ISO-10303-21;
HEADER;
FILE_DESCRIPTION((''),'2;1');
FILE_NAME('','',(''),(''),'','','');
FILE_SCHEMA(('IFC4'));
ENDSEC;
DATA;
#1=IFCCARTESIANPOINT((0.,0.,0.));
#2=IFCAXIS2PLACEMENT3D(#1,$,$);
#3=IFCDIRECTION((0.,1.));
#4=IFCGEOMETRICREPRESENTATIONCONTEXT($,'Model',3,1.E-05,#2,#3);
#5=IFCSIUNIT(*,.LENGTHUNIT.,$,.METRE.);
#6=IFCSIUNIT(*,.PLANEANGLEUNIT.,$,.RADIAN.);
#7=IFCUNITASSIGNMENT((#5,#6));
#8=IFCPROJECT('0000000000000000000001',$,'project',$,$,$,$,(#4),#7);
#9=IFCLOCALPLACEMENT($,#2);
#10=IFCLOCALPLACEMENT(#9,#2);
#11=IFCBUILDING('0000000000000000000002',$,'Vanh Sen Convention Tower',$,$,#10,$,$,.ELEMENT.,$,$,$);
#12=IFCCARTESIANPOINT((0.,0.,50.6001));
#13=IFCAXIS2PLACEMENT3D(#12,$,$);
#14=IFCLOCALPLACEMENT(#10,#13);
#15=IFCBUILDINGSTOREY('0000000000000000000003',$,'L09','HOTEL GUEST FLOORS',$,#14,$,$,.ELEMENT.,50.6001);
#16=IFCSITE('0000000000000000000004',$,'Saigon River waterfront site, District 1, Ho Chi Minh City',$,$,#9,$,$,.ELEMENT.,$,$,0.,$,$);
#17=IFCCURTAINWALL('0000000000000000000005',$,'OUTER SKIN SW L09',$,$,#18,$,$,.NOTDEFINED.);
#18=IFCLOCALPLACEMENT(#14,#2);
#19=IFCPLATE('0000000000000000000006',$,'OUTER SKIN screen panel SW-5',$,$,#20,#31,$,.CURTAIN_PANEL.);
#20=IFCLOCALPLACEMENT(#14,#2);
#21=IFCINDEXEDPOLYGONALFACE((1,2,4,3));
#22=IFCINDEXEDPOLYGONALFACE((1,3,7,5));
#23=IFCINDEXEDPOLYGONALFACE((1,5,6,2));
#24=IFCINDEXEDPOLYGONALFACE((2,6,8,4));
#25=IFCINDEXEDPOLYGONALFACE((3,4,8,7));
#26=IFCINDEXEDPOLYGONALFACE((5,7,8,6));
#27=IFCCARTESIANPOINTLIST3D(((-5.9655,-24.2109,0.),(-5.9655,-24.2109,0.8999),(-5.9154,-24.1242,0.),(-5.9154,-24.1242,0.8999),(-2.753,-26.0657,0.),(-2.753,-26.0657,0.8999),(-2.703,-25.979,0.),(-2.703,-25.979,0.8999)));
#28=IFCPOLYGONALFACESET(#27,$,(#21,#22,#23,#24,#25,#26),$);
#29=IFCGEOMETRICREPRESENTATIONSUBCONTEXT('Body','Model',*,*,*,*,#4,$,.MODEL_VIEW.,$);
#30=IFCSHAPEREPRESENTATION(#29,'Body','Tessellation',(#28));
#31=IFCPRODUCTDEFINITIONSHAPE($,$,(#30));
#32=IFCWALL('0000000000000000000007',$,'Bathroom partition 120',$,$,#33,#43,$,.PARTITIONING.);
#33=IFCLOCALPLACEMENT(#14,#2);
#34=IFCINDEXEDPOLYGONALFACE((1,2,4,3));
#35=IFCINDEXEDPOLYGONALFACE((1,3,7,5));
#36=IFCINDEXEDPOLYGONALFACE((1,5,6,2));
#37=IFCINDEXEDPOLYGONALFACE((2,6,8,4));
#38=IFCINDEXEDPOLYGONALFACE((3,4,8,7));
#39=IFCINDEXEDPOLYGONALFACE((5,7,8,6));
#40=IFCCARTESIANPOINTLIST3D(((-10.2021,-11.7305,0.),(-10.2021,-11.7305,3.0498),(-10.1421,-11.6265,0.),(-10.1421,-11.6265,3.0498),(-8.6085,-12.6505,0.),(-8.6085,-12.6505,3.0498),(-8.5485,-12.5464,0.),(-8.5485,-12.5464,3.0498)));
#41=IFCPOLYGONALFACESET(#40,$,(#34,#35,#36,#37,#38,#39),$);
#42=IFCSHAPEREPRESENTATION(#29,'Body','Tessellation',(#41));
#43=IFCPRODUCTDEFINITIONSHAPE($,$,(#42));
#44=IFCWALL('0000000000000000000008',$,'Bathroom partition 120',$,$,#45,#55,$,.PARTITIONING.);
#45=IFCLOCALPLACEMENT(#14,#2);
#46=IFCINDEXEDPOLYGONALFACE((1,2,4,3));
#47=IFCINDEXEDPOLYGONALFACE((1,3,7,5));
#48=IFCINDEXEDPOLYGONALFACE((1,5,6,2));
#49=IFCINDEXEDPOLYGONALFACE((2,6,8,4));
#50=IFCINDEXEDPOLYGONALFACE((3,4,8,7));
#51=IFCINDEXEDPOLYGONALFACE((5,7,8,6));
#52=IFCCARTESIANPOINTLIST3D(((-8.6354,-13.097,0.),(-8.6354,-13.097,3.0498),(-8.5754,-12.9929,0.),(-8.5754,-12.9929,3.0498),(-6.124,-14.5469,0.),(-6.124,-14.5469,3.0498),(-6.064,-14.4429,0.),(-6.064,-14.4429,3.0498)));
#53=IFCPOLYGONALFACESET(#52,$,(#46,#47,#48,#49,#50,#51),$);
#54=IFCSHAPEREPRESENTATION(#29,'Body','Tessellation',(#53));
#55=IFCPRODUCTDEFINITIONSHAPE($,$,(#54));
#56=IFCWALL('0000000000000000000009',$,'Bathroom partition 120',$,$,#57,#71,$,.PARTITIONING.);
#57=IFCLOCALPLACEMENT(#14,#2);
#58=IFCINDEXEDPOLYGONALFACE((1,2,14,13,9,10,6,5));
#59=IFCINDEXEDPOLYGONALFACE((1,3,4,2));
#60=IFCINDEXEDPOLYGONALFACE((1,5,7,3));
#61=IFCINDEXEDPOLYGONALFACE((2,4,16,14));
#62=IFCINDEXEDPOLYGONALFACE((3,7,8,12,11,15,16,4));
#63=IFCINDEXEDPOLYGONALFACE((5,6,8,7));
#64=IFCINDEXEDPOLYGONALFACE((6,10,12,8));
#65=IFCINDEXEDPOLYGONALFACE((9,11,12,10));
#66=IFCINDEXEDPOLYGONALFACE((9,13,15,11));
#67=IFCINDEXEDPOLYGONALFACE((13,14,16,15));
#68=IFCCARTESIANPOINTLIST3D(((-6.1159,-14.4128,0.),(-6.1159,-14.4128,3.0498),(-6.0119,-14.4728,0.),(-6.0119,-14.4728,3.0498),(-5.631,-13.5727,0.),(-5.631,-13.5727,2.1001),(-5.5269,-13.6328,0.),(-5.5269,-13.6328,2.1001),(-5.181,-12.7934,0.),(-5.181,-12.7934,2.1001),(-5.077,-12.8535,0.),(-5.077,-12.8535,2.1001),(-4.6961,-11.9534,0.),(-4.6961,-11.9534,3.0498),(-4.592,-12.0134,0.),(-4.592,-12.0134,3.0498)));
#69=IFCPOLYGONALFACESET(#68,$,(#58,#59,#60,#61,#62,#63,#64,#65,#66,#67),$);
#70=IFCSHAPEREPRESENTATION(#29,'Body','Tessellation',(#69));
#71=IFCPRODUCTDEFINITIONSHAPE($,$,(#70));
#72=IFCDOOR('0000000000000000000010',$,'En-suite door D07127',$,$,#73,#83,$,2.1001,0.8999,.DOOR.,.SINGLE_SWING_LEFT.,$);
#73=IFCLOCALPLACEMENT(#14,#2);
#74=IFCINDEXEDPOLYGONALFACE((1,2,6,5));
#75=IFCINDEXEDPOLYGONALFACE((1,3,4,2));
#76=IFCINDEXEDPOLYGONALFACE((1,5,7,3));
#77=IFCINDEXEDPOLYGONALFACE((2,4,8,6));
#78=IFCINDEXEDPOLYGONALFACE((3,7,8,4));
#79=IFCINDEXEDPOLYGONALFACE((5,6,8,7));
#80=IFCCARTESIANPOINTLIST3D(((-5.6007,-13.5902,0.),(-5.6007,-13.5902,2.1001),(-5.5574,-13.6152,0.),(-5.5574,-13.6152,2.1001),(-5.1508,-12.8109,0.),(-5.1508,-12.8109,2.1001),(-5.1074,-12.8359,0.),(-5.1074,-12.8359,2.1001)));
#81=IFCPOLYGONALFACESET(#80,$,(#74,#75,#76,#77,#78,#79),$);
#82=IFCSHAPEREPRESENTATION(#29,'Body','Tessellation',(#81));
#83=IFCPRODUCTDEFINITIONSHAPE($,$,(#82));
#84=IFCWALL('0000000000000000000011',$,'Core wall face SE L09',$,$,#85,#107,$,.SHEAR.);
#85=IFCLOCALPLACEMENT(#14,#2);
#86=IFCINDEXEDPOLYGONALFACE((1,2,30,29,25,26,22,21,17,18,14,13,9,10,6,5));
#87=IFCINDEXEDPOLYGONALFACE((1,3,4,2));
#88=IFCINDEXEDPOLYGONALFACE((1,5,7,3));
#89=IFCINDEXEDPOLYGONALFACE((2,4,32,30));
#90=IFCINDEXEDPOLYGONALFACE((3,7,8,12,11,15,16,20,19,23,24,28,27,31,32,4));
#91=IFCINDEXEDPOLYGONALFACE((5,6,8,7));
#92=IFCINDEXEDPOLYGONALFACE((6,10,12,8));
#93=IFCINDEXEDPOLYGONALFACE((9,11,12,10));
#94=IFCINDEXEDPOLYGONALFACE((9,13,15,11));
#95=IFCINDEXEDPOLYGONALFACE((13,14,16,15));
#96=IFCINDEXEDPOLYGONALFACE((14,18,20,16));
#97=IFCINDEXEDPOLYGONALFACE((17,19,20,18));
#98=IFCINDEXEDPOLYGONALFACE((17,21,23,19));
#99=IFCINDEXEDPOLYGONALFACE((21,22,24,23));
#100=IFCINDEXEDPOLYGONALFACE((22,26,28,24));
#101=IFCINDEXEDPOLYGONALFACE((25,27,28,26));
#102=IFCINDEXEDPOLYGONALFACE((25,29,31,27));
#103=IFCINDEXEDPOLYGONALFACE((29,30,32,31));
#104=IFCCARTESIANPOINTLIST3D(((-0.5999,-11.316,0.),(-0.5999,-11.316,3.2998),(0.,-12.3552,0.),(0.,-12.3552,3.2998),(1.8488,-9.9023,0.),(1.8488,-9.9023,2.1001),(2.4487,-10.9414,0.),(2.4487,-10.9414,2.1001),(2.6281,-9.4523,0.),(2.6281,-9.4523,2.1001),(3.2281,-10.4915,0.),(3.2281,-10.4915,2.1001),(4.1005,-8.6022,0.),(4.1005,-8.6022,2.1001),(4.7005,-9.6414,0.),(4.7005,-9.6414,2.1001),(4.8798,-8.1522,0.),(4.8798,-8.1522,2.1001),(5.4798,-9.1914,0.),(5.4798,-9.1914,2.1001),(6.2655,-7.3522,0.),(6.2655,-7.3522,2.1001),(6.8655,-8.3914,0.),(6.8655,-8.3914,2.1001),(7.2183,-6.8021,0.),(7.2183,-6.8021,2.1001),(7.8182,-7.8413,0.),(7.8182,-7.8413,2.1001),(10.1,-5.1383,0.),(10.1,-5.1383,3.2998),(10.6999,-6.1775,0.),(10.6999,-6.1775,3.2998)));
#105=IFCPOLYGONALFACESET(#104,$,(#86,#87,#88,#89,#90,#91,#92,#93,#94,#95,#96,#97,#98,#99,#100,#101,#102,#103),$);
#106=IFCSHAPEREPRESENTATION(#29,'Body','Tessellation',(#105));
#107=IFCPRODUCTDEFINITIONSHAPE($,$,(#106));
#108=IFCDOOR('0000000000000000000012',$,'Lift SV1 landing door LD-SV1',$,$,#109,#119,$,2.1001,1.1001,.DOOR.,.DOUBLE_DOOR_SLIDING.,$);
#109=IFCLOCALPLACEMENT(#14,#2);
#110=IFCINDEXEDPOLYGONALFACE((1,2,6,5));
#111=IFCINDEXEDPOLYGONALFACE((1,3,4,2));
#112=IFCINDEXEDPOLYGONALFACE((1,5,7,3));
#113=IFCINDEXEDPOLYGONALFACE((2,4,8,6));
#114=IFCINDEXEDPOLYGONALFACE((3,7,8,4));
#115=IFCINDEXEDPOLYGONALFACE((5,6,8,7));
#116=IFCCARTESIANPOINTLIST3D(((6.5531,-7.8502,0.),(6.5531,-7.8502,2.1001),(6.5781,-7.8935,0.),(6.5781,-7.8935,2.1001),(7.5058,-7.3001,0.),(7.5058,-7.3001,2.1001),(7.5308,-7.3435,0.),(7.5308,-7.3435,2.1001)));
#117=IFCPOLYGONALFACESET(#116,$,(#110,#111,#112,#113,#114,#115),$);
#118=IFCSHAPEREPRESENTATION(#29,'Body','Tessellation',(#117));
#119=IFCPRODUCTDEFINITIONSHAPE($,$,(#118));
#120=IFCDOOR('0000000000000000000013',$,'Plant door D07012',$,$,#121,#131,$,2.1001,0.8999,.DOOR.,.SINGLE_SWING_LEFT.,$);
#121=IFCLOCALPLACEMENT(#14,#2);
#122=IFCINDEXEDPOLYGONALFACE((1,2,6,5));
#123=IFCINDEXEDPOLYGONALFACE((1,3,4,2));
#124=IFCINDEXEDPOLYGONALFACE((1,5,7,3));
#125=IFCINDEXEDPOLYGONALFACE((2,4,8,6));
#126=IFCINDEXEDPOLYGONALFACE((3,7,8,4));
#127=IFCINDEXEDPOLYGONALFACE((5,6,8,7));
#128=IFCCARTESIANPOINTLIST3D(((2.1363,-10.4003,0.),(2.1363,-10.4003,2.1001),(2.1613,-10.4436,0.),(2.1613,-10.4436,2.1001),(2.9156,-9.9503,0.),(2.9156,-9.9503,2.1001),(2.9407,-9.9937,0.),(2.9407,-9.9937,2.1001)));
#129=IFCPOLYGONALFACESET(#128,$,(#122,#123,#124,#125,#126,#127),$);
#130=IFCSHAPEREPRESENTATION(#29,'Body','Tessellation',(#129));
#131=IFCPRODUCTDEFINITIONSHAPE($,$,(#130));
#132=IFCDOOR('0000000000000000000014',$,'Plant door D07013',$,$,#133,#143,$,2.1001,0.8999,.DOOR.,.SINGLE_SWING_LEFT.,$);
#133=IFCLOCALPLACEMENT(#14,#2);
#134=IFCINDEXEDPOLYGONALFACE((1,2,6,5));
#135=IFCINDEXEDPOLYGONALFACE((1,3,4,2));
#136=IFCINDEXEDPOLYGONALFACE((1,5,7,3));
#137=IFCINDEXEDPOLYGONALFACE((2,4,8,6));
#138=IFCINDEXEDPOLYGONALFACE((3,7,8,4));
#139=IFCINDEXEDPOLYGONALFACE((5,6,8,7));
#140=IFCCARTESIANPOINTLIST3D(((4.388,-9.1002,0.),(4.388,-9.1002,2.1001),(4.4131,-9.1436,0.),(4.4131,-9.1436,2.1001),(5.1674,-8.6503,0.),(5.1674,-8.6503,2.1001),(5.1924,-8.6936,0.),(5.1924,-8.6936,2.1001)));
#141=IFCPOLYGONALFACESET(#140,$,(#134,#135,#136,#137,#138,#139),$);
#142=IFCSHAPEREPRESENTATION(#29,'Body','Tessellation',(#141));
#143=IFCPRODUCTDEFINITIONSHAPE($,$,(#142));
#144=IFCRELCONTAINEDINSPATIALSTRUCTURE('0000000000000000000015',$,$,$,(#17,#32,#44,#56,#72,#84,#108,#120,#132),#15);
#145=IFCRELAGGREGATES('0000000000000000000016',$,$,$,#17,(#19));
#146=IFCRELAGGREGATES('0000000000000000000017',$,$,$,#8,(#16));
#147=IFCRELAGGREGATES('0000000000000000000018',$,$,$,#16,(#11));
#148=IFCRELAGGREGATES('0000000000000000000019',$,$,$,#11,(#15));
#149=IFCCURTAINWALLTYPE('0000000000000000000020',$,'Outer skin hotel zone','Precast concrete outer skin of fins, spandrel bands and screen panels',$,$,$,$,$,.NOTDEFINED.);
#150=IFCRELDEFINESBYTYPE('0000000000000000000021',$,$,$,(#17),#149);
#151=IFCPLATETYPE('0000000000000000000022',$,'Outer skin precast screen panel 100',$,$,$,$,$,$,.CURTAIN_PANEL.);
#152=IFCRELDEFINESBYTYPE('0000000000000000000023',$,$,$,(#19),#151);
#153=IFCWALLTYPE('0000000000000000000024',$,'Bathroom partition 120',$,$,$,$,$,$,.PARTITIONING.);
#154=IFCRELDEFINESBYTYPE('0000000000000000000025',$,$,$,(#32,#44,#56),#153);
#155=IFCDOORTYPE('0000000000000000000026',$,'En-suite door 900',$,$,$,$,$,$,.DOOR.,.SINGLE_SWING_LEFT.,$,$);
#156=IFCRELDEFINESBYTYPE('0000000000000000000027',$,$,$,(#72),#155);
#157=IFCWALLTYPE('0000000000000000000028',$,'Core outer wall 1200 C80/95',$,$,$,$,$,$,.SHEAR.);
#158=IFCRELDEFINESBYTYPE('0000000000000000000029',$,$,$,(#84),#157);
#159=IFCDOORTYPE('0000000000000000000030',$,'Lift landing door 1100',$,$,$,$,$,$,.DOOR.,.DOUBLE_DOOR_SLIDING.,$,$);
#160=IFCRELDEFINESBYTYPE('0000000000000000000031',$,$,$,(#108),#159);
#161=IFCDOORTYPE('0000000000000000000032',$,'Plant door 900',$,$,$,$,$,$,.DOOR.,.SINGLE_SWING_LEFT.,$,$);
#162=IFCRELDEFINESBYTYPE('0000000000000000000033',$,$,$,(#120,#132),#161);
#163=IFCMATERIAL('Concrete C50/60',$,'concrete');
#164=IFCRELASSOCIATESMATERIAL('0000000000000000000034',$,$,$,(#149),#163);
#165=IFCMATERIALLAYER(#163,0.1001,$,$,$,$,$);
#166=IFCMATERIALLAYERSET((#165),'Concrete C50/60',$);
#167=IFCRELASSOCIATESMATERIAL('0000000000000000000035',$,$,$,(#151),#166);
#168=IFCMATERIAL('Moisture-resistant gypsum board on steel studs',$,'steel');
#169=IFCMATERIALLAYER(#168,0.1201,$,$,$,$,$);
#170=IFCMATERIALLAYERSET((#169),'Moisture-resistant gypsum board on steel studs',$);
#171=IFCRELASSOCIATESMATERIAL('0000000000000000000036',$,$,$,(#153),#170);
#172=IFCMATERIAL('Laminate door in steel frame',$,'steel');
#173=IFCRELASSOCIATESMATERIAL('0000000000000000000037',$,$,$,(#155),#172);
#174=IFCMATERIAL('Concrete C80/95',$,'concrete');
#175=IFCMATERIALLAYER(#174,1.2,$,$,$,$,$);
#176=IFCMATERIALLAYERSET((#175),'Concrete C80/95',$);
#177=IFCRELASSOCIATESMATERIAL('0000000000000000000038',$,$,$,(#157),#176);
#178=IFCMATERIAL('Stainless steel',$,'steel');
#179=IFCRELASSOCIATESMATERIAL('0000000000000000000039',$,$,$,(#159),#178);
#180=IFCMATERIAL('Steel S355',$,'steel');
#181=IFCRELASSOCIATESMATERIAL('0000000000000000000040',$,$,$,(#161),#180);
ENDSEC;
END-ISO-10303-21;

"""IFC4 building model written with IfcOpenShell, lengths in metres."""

from ifc_helpers import new_model, si_unit, direction, frame, frame_2d, origin, origin_2d, place, context, subcontext, project, spatial, rectangle, extrude, material, layer, layer_set, type_object, element, fill, aggregate, save


model = new_model("IFC4")

# Units and contexts
model_context = context("Model", 3, precision=1e-05, world=origin(), true_north=direction((0.0, 1.0)))
body_context = subcontext(model_context, "Body", "Model", "MODEL_VIEW")
ifc_project = project(units=[si_unit("LENGTHUNIT", "METRE"), si_unit("PLANEANGLEUNIT", "RADIAN")], contexts=[model_context])

# Site, building, storey
site_placement = place(None, origin())
site = spatial("IfcSite", under=ifc_project, at=site_placement, Name="Saigon River waterfront site, District 1, Ho Chi Minh City", CompositionType="ELEMENT", RefElevation=0.0)
building_placement = place(site_placement, origin())
building = spatial("IfcBuilding", under=site, at=building_placement, Name="Vanh Sen Convention Tower", CompositionType="ELEMENT")
storey_placement = place(building_placement, frame((0.0, 0.0, 50.6001)))
storey = spatial("IfcBuildingStorey", under=building, at=storey_placement, Name="L09", Description="HOTEL GUEST FLOORS", CompositionType="ELEMENT", Elevation=50.6001)

# Shared definitions
ifc_material_1 = material(Name="Concrete C80/95", Category="concrete")

# Curtain wall
ifc_material_2 = material(Name="Concrete C50/60", Category="concrete")
curtain_wall_type = type_object("IfcCurtainWallType", Name="Outer skin hotel zone", Description="Precast concrete outer skin of fins, spandrel bands and screen panels", PredefinedType="NOTDEFINED", material=ifc_material_2)
curtain_wall_1_placement = place(storey_placement, origin())
curtain_wall_1 = element("IfcCurtainWall", 1, at=curtain_wall_1_placement, inside=storey, type_object=curtain_wall_type, Name="OUTER SKIN SW L09", PredefinedType="NOTDEFINED")

# Plate
ifc_layer_1 = layer(ifc_material_2, 0.1001)
ifc_layer_set_1 = layer_set([ifc_layer_1], Name="Concrete C50/60")
plate_type = type_object("IfcPlateType", Name="Outer skin precast screen panel 100", PredefinedType="CURTAIN_PANEL", material=ifc_layer_set_1)
plate_1_placement = place(storey_placement, frame((-4.3342, -25.095, 0.0), z_axis=(0.0, 0.0, 1.0), x_axis=(0.866021, -0.500008, 0.0)))
plate_1 = element("IfcPlate", 2, at=plate_1_placement, type_object=plate_type, Name="OUTER SKIN screen panel SW-5", PredefinedType="CURTAIN_PANEL", context=body_context, shape_type="SweptSolid", body=[
    extrude(rectangle(XDim=3.7095, YDim=0.1001, at=origin_2d()), origin(), (0.0, 0.0, 1.0), 0.8999),
])
aggregate(curtain_wall_1, [plate_1])

# Walls
ifc_material_3 = material(Name="Moisture-resistant gypsum board on steel studs", Category="steel")
ifc_layer_2 = layer(ifc_material_3, 0.1201)
ifc_layer_set_2 = layer_set([ifc_layer_2], Name="Moisture-resistant gypsum board on steel studs")
wall_type_1 = type_object("IfcWallType", Name="Bathroom partition 120", PredefinedType="PARTITIONING", material=ifc_layer_set_2)
wall_1_placement = place(storey_placement, frame((-8.5786, -12.5984, 0.0), z_axis=(0.0, 0.0, 1.0), x_axis=(-0.866046, 0.499964, 0.0)))
element("IfcWall", 3, at=wall_1_placement, inside=storey, type_object=wall_type_1, Name="Bathroom partition 120", PredefinedType="PARTITIONING", context=body_context, shape_type="SweptSolid", body=[
    extrude(rectangle(XDim=1.8401, YDim=0.1201, at=frame_2d((0.9199, 0.0))), origin(), (0.0, 0.0, 1.0), 3.0498),
])
wall_2_placement = place(storey_placement, frame((-6.094, -14.4949, 0.0), z_axis=(0.0, 0.0, 1.0), x_axis=(-0.866033, 0.499987, 0.0)))
element("IfcWall", 4, at=wall_2_placement, inside=storey, type_object=wall_type_1, Name="Bathroom partition 120", PredefinedType="PARTITIONING", context=body_context, shape_type="SweptSolid", body=[
    extrude(rectangle(XDim=2.8999, YDim=0.1201, at=frame_2d((1.45, 0.0))), origin(), (0.0, 0.0, 1.0), 3.0498),
])

# Wall, opening, door
wall_3_placement = place(storey_placement, frame((-4.644, -11.9834, 0.0), z_axis=(0.0, 0.0, 1.0), x_axis=(-0.499985, -0.866034, 0.0)))
wall_3 = element("IfcWall", 5, at=wall_3_placement, inside=storey, type_object=wall_type_1, Name="Bathroom partition 120", PredefinedType="PARTITIONING", context=body_context, shape_type="SweptSolid", body=[
    extrude(rectangle(XDim=2.8398, YDim=0.1201, at=frame_2d((1.4199, 0.0))), origin(), (0.0, 0.0, 1.0), 3.0498),
])
opening_1_placement = place(wall_3_placement, frame((0.97, 0.0, 0.0)))
opening_1 = element("IfcOpeningElement", 6, at=opening_1_placement, cuts=wall_3, PredefinedType="OPENING", context=body_context, shape_type="SweptSolid", body=[
    extrude(rectangle(XDim=0.8999, YDim=2.1001, at=frame_2d((0.45, 1.05))), frame((0.0, 0.0701, 0.0), z_axis=(0.0, -1.0, 0.0), x_axis=(1.0, 0.0, 0.0)), (0.0, 0.0, 1.0), 0.1401),
])
ifc_material_4 = material(Name="Laminate door in steel frame", Category="steel")
door_type_1 = type_object("IfcDoorType", Name="En-suite door 900", OperationType="SINGLE_SWING_LEFT", PredefinedType="DOOR", material=ifc_material_4)
door_1_placement = place(opening_1_placement, origin())
door_1 = element("IfcDoor", 7, at=door_1_placement, inside=storey, type_object=door_type_1, Name="En-suite door D07127", OperationType="SINGLE_SWING_LEFT", OverallHeight=2.1001, OverallWidth=0.8999, PredefinedType="DOOR", context=body_context, shape_type="SweptSolid", body=[
    extrude(rectangle(XDim=0.8999, YDim=2.1001, at=frame_2d((0.45, 1.05))), frame((0.0, 0.0249, 0.0), z_axis=(0.0, -1.0, 0.0), x_axis=(1.0, 0.0, 0.0)), (0.0, 0.0, 1.0), 0.05),
])
fill(opening_1, door_1)

# Wall, openings, doors
ifc_layer_3 = layer(ifc_material_1, 1.2)
ifc_layer_set_3 = layer_set([ifc_layer_3], Name="Concrete C80/95")
wall_type_2 = type_object("IfcWallType", Name="Core outer wall 1200 C80/95", PredefinedType="SHEAR", material=ifc_layer_set_3)
wall_4_placement = place(storey_placement, frame((-0.3, -11.8357, 0.0), z_axis=(0.0, 0.0, 1.0), x_axis=(0.866021, 0.500007, 0.0)))
wall_4 = element("IfcWall", 8, at=wall_4_placement, inside=storey, type_object=wall_type_2, Name="Core wall face SE L09", PredefinedType="SHEAR", context=body_context, shape_type="SweptSolid", body=[
    extrude(rectangle(XDim=12.3552, YDim=1.2, at=frame_2d((6.1777, 0.0))), origin(), (0.0, 0.0, 1.0), 3.2998),
])
opening_2_placement = place(wall_4_placement, frame((2.8276, 0.0, 0.0)))
opening_2 = element("IfcOpeningElement", 9, at=opening_2_placement, cuts=wall_4, PredefinedType="OPENING", context=body_context, shape_type="SweptSolid", body=[
    extrude(rectangle(XDim=0.8999, YDim=2.1001, at=frame_2d((0.45, 1.05))), frame((0.0, 0.6099, 0.0), z_axis=(0.0, -1.0, 0.0), x_axis=(1.0, 0.0, 0.0)), (0.0, 0.0, 1.0), 1.22),
])
opening_3_placement = place(wall_4_placement, frame((5.4277, 0.0, 0.0)))
opening_3 = element("IfcOpeningElement", 10, at=opening_3_placement, cuts=wall_4, PredefinedType="OPENING", context=body_context, shape_type="SweptSolid", body=[
    extrude(rectangle(XDim=0.8999, YDim=2.1001, at=frame_2d((0.45, 1.05))), frame((0.0, 0.6099, 0.0), z_axis=(0.0, -1.0, 0.0), x_axis=(1.0, 0.0, 0.0)), (0.0, 0.0, 1.0), 1.22),
])
opening_4_placement = place(wall_4_placement, frame((7.9277, 0.0, 0.0)))
opening_4 = element("IfcOpeningElement", 11, at=opening_4_placement, cuts=wall_4, PredefinedType="OPENING", context=body_context, shape_type="SweptSolid", body=[
    extrude(rectangle(XDim=1.1001, YDim=2.1001, at=frame_2d((0.55, 1.05))), frame((0.0, 0.6099, 0.0), z_axis=(0.0, -1.0, 0.0), x_axis=(1.0, 0.0, 0.0)), (0.0, 0.0, 1.0), 1.22),
])
ifc_material_5 = material(Name="Stainless steel", Category="steel")
door_type_2 = type_object("IfcDoorType", Name="Lift landing door 1100", OperationType="DOUBLE_DOOR_SLIDING", PredefinedType="DOOR", material=ifc_material_5)
door_2_placement = place(opening_4_placement, origin())
door_2 = element("IfcDoor", 12, at=door_2_placement, inside=storey, type_object=door_type_2, Name="Lift SV1 landing door LD-SV1", OperationType="DOUBLE_DOOR_SLIDING", OverallHeight=2.1001, OverallWidth=1.1001, PredefinedType="DOOR", context=body_context, shape_type="SweptSolid", body=[
    extrude(rectangle(XDim=1.1001, YDim=2.1001, at=frame_2d((0.55, 1.05))), frame((0.0, 0.0249, 0.0), z_axis=(0.0, -1.0, 0.0), x_axis=(1.0, 0.0, 0.0)), (0.0, 0.0, 1.0), 0.05),
])
fill(opening_4, door_2)
ifc_material_6 = material(Name="Steel S355", Category="steel")
door_type_3 = type_object("IfcDoorType", Name="Plant door 900", OperationType="SINGLE_SWING_LEFT", PredefinedType="DOOR", material=ifc_material_6)
door_3_placement = place(opening_2_placement, origin())
door_3 = element("IfcDoor", 13, at=door_3_placement, inside=storey, type_object=door_type_3, Name="Plant door D07012", OperationType="SINGLE_SWING_LEFT", OverallHeight=2.1001, OverallWidth=0.8999, PredefinedType="DOOR", context=body_context, shape_type="SweptSolid", body=[
    extrude(rectangle(XDim=0.8999, YDim=2.1001, at=frame_2d((0.45, 1.05))), frame((0.0, 0.0249, 0.0), z_axis=(0.0, -1.0, 0.0), x_axis=(1.0, 0.0, 0.0)), (0.0, 0.0, 1.0), 0.05),
])
fill(opening_2, door_3)
door_4_placement = place(opening_3_placement, origin())
door_4 = element("IfcDoor", 14, at=door_4_placement, inside=storey, type_object=door_type_3, Name="Plant door D07013", OperationType="SINGLE_SWING_LEFT", OverallHeight=2.1001, OverallWidth=0.8999, PredefinedType="DOOR", context=body_context, shape_type="SweptSolid", body=[
    extrude(rectangle(XDim=0.8999, YDim=2.1001, at=frame_2d((0.45, 1.05))), frame((0.0, 0.0249, 0.0), z_axis=(0.0, -1.0, 0.0), x_axis=(1.0, 0.0, 0.0)), (0.0, 0.0, 1.0), 0.05),
])
fill(opening_3, door_4)

save(model, "model.ifc")
